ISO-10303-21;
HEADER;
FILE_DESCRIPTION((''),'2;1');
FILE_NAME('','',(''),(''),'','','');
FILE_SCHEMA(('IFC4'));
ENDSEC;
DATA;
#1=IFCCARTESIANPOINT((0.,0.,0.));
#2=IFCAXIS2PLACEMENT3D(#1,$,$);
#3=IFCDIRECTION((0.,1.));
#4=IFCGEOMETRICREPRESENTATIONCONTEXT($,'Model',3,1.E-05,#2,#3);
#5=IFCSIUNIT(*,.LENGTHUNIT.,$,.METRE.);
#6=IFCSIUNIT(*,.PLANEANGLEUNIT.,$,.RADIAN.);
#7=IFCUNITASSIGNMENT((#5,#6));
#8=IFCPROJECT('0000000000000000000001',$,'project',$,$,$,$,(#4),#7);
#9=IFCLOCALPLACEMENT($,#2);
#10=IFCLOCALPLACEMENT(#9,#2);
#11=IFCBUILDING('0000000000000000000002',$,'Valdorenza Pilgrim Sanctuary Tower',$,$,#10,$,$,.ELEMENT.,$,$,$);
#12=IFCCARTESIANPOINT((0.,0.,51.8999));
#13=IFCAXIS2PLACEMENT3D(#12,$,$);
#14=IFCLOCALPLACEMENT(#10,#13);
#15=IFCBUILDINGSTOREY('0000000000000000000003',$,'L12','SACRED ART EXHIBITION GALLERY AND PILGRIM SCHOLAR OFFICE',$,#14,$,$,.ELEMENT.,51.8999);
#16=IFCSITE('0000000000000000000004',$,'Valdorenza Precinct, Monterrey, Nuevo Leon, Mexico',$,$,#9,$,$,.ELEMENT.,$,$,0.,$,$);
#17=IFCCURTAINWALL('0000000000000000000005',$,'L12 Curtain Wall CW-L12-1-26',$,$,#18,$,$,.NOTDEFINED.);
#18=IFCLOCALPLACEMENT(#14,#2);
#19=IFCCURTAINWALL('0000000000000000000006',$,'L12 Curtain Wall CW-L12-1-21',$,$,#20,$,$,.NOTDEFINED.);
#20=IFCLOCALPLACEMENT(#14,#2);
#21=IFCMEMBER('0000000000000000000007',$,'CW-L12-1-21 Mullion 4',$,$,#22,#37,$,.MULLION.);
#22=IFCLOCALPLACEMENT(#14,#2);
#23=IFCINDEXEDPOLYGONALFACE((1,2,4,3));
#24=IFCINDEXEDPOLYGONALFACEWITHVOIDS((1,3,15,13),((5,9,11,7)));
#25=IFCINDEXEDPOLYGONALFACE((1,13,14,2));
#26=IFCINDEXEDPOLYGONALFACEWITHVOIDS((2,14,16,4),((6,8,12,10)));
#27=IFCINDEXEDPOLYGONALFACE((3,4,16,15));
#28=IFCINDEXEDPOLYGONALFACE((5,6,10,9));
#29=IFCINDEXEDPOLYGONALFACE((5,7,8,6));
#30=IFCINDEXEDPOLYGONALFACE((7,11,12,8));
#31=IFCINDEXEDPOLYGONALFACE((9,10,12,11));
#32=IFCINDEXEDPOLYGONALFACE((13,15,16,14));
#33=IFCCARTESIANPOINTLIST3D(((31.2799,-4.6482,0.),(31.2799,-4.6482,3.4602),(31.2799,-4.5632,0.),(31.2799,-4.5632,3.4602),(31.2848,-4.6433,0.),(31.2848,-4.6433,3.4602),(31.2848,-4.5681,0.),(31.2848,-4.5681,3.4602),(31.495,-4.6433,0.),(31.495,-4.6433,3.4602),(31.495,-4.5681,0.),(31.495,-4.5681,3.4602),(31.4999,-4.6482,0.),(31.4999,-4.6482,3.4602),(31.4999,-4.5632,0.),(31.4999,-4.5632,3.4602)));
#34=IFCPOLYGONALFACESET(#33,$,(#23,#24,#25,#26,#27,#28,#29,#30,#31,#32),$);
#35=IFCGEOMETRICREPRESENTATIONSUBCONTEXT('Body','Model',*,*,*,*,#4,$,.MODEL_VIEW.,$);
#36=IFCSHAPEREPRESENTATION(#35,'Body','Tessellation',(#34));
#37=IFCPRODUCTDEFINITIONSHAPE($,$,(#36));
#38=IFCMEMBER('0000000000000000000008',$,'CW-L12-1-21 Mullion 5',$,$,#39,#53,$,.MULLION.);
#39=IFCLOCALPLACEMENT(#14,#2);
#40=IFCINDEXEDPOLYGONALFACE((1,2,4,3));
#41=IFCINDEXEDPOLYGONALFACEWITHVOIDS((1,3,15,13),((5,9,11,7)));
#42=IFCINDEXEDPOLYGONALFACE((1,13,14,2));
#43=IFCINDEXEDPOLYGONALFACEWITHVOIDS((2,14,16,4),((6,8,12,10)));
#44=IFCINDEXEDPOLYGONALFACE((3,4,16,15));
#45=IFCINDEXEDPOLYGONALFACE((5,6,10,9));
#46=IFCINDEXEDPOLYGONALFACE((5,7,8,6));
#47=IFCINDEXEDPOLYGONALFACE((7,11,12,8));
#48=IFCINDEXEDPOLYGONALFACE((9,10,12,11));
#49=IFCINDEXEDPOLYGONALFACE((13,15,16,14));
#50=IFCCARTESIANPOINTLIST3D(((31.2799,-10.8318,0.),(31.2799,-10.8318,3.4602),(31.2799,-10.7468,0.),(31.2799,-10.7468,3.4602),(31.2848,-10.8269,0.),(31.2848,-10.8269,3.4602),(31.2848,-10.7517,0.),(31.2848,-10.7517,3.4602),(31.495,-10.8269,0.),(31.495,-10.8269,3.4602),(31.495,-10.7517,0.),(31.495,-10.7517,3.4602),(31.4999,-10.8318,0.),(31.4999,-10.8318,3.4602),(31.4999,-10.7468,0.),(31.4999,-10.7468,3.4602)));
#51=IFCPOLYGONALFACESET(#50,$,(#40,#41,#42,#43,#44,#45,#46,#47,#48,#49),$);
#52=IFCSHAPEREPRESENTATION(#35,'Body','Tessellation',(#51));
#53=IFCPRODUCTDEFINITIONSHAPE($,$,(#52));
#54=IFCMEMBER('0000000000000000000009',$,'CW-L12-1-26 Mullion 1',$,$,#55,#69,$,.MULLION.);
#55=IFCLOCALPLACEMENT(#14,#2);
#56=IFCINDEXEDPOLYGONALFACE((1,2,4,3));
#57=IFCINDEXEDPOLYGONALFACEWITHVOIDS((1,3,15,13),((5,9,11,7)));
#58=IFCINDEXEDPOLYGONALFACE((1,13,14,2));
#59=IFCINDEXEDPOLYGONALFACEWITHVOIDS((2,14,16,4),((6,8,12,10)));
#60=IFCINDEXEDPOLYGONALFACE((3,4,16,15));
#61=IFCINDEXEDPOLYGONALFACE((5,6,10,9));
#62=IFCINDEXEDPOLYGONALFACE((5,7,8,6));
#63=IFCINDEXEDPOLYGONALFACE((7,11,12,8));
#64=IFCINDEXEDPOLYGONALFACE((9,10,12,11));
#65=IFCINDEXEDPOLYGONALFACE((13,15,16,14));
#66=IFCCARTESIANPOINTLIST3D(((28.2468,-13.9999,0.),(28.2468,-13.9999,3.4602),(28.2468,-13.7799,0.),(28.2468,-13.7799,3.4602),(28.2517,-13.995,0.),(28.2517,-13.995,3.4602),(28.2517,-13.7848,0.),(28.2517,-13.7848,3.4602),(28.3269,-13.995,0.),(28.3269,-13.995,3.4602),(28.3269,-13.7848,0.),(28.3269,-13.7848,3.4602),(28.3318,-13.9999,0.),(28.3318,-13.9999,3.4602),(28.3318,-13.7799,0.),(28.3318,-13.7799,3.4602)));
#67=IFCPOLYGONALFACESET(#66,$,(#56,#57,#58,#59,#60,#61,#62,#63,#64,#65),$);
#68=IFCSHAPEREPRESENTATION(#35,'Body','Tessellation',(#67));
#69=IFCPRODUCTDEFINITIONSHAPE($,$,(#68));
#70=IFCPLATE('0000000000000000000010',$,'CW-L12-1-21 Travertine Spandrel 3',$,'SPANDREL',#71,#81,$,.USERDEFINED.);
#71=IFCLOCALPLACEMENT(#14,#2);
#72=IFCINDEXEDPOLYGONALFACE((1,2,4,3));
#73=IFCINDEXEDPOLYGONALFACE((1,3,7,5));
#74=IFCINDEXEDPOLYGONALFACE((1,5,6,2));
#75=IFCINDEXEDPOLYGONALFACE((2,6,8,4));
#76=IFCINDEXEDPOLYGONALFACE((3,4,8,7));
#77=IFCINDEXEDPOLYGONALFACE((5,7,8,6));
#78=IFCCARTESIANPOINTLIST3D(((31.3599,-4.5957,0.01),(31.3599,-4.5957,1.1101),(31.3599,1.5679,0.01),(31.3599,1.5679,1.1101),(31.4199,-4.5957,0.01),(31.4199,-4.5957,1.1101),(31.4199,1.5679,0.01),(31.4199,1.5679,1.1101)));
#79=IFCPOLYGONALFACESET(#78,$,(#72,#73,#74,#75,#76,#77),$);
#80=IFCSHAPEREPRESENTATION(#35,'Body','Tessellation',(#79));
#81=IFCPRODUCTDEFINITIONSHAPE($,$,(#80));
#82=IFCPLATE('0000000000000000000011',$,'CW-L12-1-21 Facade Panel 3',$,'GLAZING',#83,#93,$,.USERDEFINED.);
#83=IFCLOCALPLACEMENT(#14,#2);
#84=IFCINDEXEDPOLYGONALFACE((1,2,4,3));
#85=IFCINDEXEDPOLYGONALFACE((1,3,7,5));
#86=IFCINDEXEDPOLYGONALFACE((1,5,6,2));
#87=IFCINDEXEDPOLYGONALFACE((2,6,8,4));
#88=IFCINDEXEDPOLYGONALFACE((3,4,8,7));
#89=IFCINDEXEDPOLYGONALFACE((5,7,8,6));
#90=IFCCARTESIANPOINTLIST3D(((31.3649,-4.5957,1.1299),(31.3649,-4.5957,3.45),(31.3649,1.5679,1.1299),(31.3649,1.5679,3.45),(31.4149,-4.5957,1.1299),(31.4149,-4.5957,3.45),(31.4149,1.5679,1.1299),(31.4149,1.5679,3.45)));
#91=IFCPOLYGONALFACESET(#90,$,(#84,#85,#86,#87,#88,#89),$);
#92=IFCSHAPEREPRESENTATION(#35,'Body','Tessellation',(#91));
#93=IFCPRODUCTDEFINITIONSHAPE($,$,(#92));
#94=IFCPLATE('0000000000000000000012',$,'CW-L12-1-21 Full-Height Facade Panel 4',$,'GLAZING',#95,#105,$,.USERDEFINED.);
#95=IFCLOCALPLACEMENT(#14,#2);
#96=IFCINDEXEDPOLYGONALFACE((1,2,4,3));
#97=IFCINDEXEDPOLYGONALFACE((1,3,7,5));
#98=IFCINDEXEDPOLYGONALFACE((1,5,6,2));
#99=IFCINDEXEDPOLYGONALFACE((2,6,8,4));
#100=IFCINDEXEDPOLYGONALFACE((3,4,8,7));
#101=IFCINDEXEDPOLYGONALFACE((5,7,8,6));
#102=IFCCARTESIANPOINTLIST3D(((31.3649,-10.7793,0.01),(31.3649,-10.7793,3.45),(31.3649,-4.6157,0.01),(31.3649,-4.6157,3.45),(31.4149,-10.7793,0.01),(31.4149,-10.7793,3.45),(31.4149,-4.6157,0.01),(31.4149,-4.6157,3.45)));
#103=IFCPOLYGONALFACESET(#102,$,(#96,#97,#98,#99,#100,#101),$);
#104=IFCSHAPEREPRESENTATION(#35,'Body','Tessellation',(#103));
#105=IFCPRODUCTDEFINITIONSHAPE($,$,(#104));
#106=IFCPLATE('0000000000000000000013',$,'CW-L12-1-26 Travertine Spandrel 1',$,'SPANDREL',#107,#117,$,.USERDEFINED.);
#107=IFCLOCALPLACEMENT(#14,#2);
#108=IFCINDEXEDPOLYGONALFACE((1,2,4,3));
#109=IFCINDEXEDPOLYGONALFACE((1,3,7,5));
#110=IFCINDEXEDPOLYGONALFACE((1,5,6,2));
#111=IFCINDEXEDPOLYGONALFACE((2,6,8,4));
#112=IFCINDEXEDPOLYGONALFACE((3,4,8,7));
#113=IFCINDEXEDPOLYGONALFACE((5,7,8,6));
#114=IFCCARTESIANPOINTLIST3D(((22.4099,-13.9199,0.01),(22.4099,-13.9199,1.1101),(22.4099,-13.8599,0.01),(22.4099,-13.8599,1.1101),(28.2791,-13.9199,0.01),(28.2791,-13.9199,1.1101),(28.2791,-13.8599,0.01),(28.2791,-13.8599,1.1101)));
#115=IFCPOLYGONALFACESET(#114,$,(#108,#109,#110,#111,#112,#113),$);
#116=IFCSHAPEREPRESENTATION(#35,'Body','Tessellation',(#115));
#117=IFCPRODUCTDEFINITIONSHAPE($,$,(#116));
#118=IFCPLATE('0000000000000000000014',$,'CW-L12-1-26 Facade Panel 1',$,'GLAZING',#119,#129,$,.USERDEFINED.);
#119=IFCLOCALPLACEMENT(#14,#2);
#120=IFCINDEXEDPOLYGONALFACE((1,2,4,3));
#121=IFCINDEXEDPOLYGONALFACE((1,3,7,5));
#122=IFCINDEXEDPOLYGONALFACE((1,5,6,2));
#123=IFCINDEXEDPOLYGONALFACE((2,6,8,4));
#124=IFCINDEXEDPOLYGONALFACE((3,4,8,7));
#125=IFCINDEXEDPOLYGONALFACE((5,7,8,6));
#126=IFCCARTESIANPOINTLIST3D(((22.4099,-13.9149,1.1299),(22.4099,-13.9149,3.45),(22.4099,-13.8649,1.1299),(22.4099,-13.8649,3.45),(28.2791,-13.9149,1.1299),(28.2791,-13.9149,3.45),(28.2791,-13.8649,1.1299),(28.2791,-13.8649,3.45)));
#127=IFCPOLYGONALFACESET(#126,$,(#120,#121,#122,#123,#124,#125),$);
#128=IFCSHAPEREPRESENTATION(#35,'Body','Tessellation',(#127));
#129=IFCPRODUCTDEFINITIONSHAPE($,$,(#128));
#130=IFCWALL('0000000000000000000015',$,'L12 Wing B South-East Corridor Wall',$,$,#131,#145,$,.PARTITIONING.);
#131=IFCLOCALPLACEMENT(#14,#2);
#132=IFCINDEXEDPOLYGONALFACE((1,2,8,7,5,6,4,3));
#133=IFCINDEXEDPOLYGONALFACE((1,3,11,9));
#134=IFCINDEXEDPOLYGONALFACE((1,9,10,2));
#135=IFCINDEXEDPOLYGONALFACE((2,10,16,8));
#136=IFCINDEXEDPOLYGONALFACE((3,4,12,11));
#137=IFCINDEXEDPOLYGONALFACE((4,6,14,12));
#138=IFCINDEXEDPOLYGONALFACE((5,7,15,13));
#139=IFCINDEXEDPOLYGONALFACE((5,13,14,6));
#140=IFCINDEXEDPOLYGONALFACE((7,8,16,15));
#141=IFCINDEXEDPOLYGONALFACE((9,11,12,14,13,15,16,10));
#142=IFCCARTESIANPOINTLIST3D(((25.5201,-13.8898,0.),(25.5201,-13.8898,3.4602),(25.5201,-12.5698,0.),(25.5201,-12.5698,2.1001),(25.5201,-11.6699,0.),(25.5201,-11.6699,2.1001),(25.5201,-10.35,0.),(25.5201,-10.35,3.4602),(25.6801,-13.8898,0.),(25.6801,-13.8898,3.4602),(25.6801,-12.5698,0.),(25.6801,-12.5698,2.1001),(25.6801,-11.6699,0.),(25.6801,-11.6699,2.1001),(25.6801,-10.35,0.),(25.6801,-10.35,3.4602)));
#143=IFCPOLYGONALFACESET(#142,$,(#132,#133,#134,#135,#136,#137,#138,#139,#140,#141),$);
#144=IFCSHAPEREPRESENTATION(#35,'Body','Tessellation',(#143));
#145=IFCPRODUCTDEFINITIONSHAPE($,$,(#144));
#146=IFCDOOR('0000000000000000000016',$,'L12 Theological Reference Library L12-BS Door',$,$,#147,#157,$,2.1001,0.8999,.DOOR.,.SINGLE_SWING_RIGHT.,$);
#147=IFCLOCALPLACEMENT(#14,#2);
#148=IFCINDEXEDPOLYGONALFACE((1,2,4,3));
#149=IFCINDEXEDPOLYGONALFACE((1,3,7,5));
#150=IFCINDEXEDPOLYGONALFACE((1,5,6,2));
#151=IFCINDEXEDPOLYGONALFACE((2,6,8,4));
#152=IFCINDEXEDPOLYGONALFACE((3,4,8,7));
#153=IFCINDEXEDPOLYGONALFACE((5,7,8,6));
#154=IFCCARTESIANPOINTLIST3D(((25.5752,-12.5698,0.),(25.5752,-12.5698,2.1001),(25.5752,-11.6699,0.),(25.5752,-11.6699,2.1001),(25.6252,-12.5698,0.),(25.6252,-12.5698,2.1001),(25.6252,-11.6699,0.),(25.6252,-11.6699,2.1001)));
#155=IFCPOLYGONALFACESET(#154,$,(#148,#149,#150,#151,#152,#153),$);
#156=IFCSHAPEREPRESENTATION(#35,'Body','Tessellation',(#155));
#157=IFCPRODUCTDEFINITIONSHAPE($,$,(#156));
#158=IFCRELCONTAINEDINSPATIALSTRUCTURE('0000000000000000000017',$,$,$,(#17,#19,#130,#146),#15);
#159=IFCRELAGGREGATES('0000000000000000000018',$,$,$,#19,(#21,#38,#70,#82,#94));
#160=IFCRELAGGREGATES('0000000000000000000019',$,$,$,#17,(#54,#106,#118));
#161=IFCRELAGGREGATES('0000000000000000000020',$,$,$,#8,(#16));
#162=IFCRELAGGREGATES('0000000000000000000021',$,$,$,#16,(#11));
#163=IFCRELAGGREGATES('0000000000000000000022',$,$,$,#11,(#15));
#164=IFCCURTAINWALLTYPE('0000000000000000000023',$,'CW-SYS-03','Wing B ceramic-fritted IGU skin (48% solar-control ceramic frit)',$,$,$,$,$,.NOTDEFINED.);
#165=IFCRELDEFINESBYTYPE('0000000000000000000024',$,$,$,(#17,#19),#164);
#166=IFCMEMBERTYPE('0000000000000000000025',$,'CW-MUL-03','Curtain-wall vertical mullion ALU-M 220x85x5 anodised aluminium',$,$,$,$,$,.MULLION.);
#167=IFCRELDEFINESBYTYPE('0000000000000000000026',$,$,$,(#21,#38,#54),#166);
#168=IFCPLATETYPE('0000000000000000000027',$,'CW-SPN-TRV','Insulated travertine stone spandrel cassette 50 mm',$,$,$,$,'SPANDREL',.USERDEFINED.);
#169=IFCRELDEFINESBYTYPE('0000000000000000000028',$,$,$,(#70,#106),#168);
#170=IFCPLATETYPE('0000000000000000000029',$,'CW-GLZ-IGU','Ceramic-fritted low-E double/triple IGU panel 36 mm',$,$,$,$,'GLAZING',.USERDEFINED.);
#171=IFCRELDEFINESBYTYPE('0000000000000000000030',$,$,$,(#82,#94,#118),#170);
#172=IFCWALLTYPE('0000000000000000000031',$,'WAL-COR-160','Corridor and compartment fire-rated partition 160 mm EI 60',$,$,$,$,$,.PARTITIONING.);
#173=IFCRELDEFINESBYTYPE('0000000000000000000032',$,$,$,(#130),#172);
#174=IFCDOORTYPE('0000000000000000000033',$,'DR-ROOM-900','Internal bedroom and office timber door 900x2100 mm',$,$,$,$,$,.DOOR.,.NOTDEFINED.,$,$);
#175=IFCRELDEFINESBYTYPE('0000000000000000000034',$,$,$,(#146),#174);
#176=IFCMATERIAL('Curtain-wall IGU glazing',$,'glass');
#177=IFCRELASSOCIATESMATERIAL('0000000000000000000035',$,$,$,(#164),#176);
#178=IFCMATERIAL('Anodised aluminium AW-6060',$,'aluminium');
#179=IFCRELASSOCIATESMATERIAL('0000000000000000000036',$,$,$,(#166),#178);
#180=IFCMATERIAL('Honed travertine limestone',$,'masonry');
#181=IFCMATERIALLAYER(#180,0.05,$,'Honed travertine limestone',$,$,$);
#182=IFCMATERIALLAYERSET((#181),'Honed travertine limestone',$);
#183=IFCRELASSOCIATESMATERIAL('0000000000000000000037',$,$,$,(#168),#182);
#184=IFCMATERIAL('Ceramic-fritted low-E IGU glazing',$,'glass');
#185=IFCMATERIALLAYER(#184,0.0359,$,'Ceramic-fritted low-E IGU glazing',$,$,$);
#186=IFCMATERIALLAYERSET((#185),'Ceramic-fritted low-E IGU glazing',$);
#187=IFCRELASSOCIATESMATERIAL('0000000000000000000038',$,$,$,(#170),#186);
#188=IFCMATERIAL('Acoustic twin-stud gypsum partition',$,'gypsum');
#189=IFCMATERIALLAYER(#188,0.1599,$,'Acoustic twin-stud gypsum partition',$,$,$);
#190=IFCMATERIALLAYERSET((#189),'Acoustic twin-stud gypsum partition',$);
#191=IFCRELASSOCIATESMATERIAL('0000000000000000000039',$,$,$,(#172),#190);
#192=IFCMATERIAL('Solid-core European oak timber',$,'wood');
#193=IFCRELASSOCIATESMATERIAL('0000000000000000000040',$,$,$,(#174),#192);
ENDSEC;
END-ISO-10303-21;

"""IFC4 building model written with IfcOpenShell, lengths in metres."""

from ifc_helpers import new_model, si_unit, direction, frame, frame_2d, origin, origin_2d, place, context, subcontext, project, spatial, rectangle, hollow_rectangle, extrude, source, transform, mapped, material, layer, layer_set, material_profile, profile_set, type_object, element, fill, aggregate, save


model = new_model("IFC4")

# Units and contexts
model_context = context("Model", 3, precision=1e-05, world=origin(), true_north=direction((0.0, 1.0)))
body_context = subcontext(model_context, "Body", "Model", "MODEL_VIEW")
ifc_project = project(units=[si_unit("LENGTHUNIT", "METRE"), si_unit("PLANEANGLEUNIT", "RADIAN")], contexts=[model_context])

# Site, building, storey
site_placement = place(None, origin())
site = spatial("IfcSite", under=ifc_project, at=site_placement, Name="Valdorenza Precinct, Monterrey, Nuevo Leon, Mexico", CompositionType="ELEMENT", RefElevation=0.0)
building_placement = place(site_placement, origin())
building = spatial("IfcBuilding", under=site, at=building_placement, Name="Valdorenza Pilgrim Sanctuary Tower", CompositionType="ELEMENT")
storey_placement = place(building_placement, frame((0.0, 0.0, 51.8999)))
storey = spatial("IfcBuildingStorey", under=building, at=storey_placement, Name="L12", Description="SACRED ART EXHIBITION GALLERY AND PILGRIM SCHOLAR OFFICE", CompositionType="ELEMENT", Elevation=51.8999)

# Curtain wall
ifc_material_1 = material(Name="Curtain-wall IGU glazing", Category="glass")
curtain_wall_type = type_object("IfcCurtainWallType", Name="CW-SYS-03", Description="Wing B ceramic-fritted IGU skin (48% solar-control ceramic frit)", PredefinedType="NOTDEFINED", material=ifc_material_1)
curtain_wall_1_placement = place(storey_placement, origin())
curtain_wall_1 = element("IfcCurtainWall", 1, at=curtain_wall_1_placement, inside=storey, type_object=curtain_wall_type, Name="L12 Curtain Wall CW-L12-1-26", PredefinedType="NOTDEFINED")
ifc_material_2 = material(Name="Anodised aluminium AW-6060", Category="aluminium")

# Curtain wall, members
curtain_wall_2_placement = place(storey_placement, origin())
curtain_wall_2 = element("IfcCurtainWall", 2, at=curtain_wall_2_placement, inside=storey, type_object=curtain_wall_type, Name="L12 Curtain Wall CW-L12-1-21", PredefinedType="NOTDEFINED")
ifc_material_profile_1 = material_profile(ifc_material_2, hollow_rectangle(XDim=0.085, YDim=0.22, WallThickness=0.0049, at=origin_2d()), Name="ALU-M 220x85x5")
ifc_profile_set_1 = profile_set([ifc_material_profile_1], Name="Anodised aluminium AW-6060")
member_type_1 = type_object("IfcMemberType", Name="CW-MUL-03", Description="Curtain-wall vertical mullion ALU-M 220x85x5 anodised aluminium", PredefinedType="MULLION", material=ifc_profile_set_1)
shared_shape_1 = source(origin(), body_context, "Body", "SweptSolid", [
    extrude(hollow_rectangle(XDim=0.085, YDim=0.22, WallThickness=0.0049, at=origin_2d()), origin(), (0.0, 0.0, 1.0), 3.4602),
])
member_1_placement = place(storey_placement, frame((31.3899, -4.6057, 0.0), z_axis=(0.0, 0.0, 1.0), x_axis=(0.0, -1.0, 0.0)))
member_1 = element("IfcMember", 3, at=member_1_placement, type_object=member_type_1, Name="CW-L12-1-21 Mullion 4", PredefinedType="MULLION", context=body_context, shape_type="MappedRepresentation", body=[
    mapped(shared_shape_1, transform((0.0, 0.0, 0.0), x_axis=(1.0, 0.0, 0.0), y_axis=(0.0, 1.0, 0.0), z_axis=(0.0, 0.0, 1.0), scale=1.0)),
])
member_2_placement = place(storey_placement, frame((31.3899, -10.7893, 0.0), z_axis=(0.0, 0.0, 1.0), x_axis=(0.0, -1.0, 0.0)))
member_2 = element("IfcMember", 4, at=member_2_placement, type_object=member_type_1, Name="CW-L12-1-21 Mullion 5", PredefinedType="MULLION", context=body_context, shape_type="MappedRepresentation", body=[
    mapped(shared_shape_1, transform((0.0, 0.0, 0.0), x_axis=(1.0, 0.0, 0.0), y_axis=(0.0, 1.0, 0.0), z_axis=(0.0, 0.0, 1.0), scale=1.0)),
])

# Member
member_3_placement = place(storey_placement, frame((28.2893, -13.8899, 0.0), z_axis=(0.0, 0.0, 1.0), x_axis=(-1.0, 0.0, 0.0)))
member_3 = element("IfcMember", 5, at=member_3_placement, type_object=member_type_1, Name="CW-L12-1-26 Mullion 1", PredefinedType="MULLION", context=body_context, shape_type="MappedRepresentation", body=[
    mapped(shared_shape_1, transform((0.0, 0.0, 0.0), x_axis=(1.0, 0.0, 0.0), y_axis=(0.0, 1.0, 0.0), z_axis=(0.0, 0.0, 1.0), scale=1.0)),
])

# Plates
ifc_material_3 = material(Name="Honed travertine limestone", Category="masonry")
ifc_layer_1 = layer(ifc_material_3, 0.05, Name="Honed travertine limestone")
ifc_layer_set_1 = layer_set([ifc_layer_1], Name="Honed travertine limestone")
plate_type_1 = type_object("IfcPlateType", Name="CW-SPN-TRV", Description="Insulated travertine stone spandrel cassette 50 mm", ElementType="SPANDREL", PredefinedType="USERDEFINED", material=ifc_layer_set_1)
shared_shape_2 = source(origin(), body_context, "Body", "SweptSolid", [
    extrude(rectangle(XDim=6.1636, YDim=0.0601, at=origin_2d()), origin(), (0.0, 0.0, 1.0), 1.1001),
])
plate_1_placement = place(storey_placement, frame((31.3899, -1.5139, 0.01), z_axis=(0.0, 0.0, 1.0), x_axis=(0.0, -1.0, 0.0)))
plate_1 = element("IfcPlate", 6, at=plate_1_placement, type_object=plate_type_1, Name="CW-L12-1-21 Travertine Spandrel 3", ObjectType="SPANDREL", PredefinedType="USERDEFINED", context=body_context, shape_type="MappedRepresentation", body=[
    mapped(shared_shape_2, transform((0.0, 0.0, 0.0), x_axis=(1.0, 0.0, 0.0), y_axis=(0.0, 1.0, 0.0), z_axis=(0.0, 0.0, 1.0), scale=1.0)),
])
ifc_material_4 = material(Name="Ceramic-fritted low-E IGU glazing", Category="glass")
ifc_layer_2 = layer(ifc_material_4, 0.0359, Name="Ceramic-fritted low-E IGU glazing")
ifc_layer_set_2 = layer_set([ifc_layer_2], Name="Ceramic-fritted low-E IGU glazing")
plate_type_2 = type_object("IfcPlateType", Name="CW-GLZ-IGU", Description="Ceramic-fritted low-E double/triple IGU panel 36 mm", ElementType="GLAZING", PredefinedType="USERDEFINED", material=ifc_layer_set_2)
shared_shape_3 = source(origin(), body_context, "Body", "SweptSolid", [
    extrude(rectangle(XDim=6.1636, YDim=0.05, at=origin_2d()), origin(), (0.0, 0.0, 1.0), 2.3201),
])
plate_2_placement = place(storey_placement, frame((31.3899, -1.5139, 1.1299), z_axis=(0.0, 0.0, 1.0), x_axis=(0.0, -1.0, 0.0)))
plate_2 = element("IfcPlate", 7, at=plate_2_placement, type_object=plate_type_2, Name="CW-L12-1-21 Facade Panel 3", ObjectType="GLAZING", PredefinedType="USERDEFINED", context=body_context, shape_type="MappedRepresentation", body=[
    mapped(shared_shape_3, transform((0.0, 0.0, 0.0), x_axis=(1.0, 0.0, 0.0), y_axis=(0.0, 1.0, 0.0), z_axis=(0.0, 0.0, 1.0), scale=1.0)),
])
shared_shape_4 = source(origin(), body_context, "Body", "SweptSolid", [
    extrude(rectangle(XDim=6.1636, YDim=0.05, at=origin_2d()), origin(), (0.0, 0.0, 1.0), 3.4399),
])
plate_3_placement = place(storey_placement, frame((31.3899, -7.6975, 0.01), z_axis=(0.0, 0.0, 1.0), x_axis=(0.0, -1.0, 0.0)))
plate_3 = element("IfcPlate", 8, at=plate_3_placement, type_object=plate_type_2, Name="CW-L12-1-21 Full-Height Facade Panel 4", ObjectType="GLAZING", PredefinedType="USERDEFINED", context=body_context, shape_type="MappedRepresentation", body=[
    mapped(shared_shape_4, transform((0.0, 0.0, 0.0), x_axis=(1.0, 0.0, 0.0), y_axis=(0.0, 1.0, 0.0), z_axis=(0.0, 0.0, 1.0), scale=1.0)),
])
aggregate(curtain_wall_2, [member_1, member_2, plate_1, plate_2, plate_3])
shared_shape_5 = source(origin(), body_context, "Body", "SweptSolid", [
    extrude(rectangle(XDim=5.8691, YDim=0.0601, at=origin_2d()), origin(), (0.0, 0.0, 1.0), 1.1001),
])
plate_4_placement = place(storey_placement, frame((25.3445, -13.8899, 0.01), z_axis=(0.0, 0.0, 1.0), x_axis=(-1.0, 0.0, 0.0)))
plate_4 = element("IfcPlate", 9, at=plate_4_placement, type_object=plate_type_1, Name="CW-L12-1-26 Travertine Spandrel 1", ObjectType="SPANDREL", PredefinedType="USERDEFINED", context=body_context, shape_type="MappedRepresentation", body=[
    mapped(shared_shape_5, transform((0.0, 0.0, 0.0), x_axis=(1.0, 0.0, 0.0), y_axis=(0.0, 1.0, 0.0), z_axis=(0.0, 0.0, 1.0), scale=1.0)),
])
shared_shape_6 = source(origin(), body_context, "Body", "SweptSolid", [
    extrude(rectangle(XDim=5.8691, YDim=0.05, at=origin_2d()), origin(), (0.0, 0.0, 1.0), 2.3201),
])
plate_5_placement = place(storey_placement, frame((25.3445, -13.8899, 1.1299), z_axis=(0.0, 0.0, 1.0), x_axis=(-1.0, 0.0, 0.0)))
plate_5 = element("IfcPlate", 10, at=plate_5_placement, type_object=plate_type_2, Name="CW-L12-1-26 Facade Panel 1", ObjectType="GLAZING", PredefinedType="USERDEFINED", context=body_context, shape_type="MappedRepresentation", body=[
    mapped(shared_shape_6, transform((0.0, 0.0, 0.0), x_axis=(1.0, 0.0, 0.0), y_axis=(0.0, 1.0, 0.0), z_axis=(0.0, 0.0, 1.0), scale=1.0)),
])
aggregate(curtain_wall_1, [member_3, plate_4, plate_5])

# Wall, opening, door
ifc_material_5 = material(Name="Acoustic twin-stud gypsum partition", Category="gypsum")
ifc_layer_3 = layer(ifc_material_5, 0.1599, Name="Acoustic twin-stud gypsum partition")
ifc_layer_set_3 = layer_set([ifc_layer_3], Name="Acoustic twin-stud gypsum partition")
wall_type_1 = type_object("IfcWallType", Name="WAL-COR-160", Description="Corridor and compartment fire-rated partition 160 mm EI 60", PredefinedType="PARTITIONING", material=ifc_layer_set_3)
wall_1_placement = place(storey_placement, frame((25.6001, -13.8899, 0.0), z_axis=(0.0, 0.0, 1.0), x_axis=(0.0, 1.0, 0.0)))
wall_1 = element("IfcWall", 11, at=wall_1_placement, inside=storey, type_object=wall_type_1, Name="L12 Wing B South-East Corridor Wall", PredefinedType="PARTITIONING", context=body_context, shape_type="SweptSolid", body=[
    extrude(rectangle(XDim=3.5398, YDim=0.1599, at=frame_2d((1.77, 0.0))), origin(), (0.0, 0.0, 1.0), 3.4602),
])
opening_1_placement = place(wall_1_placement, frame((1.3201, 0.0, 0.0)))
opening_1 = element("IfcOpeningElement", 12, at=opening_1_placement, cuts=wall_1, PredefinedType="OPENING", context=body_context, shape_type="SweptSolid", body=[
    extrude(rectangle(XDim=0.8999, YDim=2.1001, at=frame_2d((0.45, 1.05))), frame((0.0, 0.0947, 0.0), z_axis=(0.0, -1.0, 0.0), x_axis=(1.0, 0.0, 0.0)), (0.0, 0.0, 1.0), 0.1897),
])
ifc_material_6 = material(Name="Solid-core European oak timber", Category="wood")
door_type_1 = type_object("IfcDoorType", Name="DR-ROOM-900", Description="Internal bedroom and office timber door 900x2100 mm", OperationType="NOTDEFINED", PredefinedType="DOOR", material=ifc_material_6)
door_1_placement = place(opening_1_placement, origin())
door_1 = element("IfcDoor", 13, at=door_1_placement, inside=storey, type_object=door_type_1, Name="L12 Theological Reference Library L12-BS Door", OperationType="SINGLE_SWING_RIGHT", OverallHeight=2.1001, OverallWidth=0.8999, PredefinedType="DOOR", context=body_context, shape_type="SweptSolid", body=[
    extrude(rectangle(XDim=0.8999, YDim=2.1001, at=frame_2d((0.45, 1.05))), frame((0.0, 0.0249, 0.0), z_axis=(0.0, -1.0, 0.0), x_axis=(1.0, 0.0, 0.0)), (0.0, 0.0, 1.0), 0.05),
])
fill(opening_1, door_1)

save(model, "model.ifc")
